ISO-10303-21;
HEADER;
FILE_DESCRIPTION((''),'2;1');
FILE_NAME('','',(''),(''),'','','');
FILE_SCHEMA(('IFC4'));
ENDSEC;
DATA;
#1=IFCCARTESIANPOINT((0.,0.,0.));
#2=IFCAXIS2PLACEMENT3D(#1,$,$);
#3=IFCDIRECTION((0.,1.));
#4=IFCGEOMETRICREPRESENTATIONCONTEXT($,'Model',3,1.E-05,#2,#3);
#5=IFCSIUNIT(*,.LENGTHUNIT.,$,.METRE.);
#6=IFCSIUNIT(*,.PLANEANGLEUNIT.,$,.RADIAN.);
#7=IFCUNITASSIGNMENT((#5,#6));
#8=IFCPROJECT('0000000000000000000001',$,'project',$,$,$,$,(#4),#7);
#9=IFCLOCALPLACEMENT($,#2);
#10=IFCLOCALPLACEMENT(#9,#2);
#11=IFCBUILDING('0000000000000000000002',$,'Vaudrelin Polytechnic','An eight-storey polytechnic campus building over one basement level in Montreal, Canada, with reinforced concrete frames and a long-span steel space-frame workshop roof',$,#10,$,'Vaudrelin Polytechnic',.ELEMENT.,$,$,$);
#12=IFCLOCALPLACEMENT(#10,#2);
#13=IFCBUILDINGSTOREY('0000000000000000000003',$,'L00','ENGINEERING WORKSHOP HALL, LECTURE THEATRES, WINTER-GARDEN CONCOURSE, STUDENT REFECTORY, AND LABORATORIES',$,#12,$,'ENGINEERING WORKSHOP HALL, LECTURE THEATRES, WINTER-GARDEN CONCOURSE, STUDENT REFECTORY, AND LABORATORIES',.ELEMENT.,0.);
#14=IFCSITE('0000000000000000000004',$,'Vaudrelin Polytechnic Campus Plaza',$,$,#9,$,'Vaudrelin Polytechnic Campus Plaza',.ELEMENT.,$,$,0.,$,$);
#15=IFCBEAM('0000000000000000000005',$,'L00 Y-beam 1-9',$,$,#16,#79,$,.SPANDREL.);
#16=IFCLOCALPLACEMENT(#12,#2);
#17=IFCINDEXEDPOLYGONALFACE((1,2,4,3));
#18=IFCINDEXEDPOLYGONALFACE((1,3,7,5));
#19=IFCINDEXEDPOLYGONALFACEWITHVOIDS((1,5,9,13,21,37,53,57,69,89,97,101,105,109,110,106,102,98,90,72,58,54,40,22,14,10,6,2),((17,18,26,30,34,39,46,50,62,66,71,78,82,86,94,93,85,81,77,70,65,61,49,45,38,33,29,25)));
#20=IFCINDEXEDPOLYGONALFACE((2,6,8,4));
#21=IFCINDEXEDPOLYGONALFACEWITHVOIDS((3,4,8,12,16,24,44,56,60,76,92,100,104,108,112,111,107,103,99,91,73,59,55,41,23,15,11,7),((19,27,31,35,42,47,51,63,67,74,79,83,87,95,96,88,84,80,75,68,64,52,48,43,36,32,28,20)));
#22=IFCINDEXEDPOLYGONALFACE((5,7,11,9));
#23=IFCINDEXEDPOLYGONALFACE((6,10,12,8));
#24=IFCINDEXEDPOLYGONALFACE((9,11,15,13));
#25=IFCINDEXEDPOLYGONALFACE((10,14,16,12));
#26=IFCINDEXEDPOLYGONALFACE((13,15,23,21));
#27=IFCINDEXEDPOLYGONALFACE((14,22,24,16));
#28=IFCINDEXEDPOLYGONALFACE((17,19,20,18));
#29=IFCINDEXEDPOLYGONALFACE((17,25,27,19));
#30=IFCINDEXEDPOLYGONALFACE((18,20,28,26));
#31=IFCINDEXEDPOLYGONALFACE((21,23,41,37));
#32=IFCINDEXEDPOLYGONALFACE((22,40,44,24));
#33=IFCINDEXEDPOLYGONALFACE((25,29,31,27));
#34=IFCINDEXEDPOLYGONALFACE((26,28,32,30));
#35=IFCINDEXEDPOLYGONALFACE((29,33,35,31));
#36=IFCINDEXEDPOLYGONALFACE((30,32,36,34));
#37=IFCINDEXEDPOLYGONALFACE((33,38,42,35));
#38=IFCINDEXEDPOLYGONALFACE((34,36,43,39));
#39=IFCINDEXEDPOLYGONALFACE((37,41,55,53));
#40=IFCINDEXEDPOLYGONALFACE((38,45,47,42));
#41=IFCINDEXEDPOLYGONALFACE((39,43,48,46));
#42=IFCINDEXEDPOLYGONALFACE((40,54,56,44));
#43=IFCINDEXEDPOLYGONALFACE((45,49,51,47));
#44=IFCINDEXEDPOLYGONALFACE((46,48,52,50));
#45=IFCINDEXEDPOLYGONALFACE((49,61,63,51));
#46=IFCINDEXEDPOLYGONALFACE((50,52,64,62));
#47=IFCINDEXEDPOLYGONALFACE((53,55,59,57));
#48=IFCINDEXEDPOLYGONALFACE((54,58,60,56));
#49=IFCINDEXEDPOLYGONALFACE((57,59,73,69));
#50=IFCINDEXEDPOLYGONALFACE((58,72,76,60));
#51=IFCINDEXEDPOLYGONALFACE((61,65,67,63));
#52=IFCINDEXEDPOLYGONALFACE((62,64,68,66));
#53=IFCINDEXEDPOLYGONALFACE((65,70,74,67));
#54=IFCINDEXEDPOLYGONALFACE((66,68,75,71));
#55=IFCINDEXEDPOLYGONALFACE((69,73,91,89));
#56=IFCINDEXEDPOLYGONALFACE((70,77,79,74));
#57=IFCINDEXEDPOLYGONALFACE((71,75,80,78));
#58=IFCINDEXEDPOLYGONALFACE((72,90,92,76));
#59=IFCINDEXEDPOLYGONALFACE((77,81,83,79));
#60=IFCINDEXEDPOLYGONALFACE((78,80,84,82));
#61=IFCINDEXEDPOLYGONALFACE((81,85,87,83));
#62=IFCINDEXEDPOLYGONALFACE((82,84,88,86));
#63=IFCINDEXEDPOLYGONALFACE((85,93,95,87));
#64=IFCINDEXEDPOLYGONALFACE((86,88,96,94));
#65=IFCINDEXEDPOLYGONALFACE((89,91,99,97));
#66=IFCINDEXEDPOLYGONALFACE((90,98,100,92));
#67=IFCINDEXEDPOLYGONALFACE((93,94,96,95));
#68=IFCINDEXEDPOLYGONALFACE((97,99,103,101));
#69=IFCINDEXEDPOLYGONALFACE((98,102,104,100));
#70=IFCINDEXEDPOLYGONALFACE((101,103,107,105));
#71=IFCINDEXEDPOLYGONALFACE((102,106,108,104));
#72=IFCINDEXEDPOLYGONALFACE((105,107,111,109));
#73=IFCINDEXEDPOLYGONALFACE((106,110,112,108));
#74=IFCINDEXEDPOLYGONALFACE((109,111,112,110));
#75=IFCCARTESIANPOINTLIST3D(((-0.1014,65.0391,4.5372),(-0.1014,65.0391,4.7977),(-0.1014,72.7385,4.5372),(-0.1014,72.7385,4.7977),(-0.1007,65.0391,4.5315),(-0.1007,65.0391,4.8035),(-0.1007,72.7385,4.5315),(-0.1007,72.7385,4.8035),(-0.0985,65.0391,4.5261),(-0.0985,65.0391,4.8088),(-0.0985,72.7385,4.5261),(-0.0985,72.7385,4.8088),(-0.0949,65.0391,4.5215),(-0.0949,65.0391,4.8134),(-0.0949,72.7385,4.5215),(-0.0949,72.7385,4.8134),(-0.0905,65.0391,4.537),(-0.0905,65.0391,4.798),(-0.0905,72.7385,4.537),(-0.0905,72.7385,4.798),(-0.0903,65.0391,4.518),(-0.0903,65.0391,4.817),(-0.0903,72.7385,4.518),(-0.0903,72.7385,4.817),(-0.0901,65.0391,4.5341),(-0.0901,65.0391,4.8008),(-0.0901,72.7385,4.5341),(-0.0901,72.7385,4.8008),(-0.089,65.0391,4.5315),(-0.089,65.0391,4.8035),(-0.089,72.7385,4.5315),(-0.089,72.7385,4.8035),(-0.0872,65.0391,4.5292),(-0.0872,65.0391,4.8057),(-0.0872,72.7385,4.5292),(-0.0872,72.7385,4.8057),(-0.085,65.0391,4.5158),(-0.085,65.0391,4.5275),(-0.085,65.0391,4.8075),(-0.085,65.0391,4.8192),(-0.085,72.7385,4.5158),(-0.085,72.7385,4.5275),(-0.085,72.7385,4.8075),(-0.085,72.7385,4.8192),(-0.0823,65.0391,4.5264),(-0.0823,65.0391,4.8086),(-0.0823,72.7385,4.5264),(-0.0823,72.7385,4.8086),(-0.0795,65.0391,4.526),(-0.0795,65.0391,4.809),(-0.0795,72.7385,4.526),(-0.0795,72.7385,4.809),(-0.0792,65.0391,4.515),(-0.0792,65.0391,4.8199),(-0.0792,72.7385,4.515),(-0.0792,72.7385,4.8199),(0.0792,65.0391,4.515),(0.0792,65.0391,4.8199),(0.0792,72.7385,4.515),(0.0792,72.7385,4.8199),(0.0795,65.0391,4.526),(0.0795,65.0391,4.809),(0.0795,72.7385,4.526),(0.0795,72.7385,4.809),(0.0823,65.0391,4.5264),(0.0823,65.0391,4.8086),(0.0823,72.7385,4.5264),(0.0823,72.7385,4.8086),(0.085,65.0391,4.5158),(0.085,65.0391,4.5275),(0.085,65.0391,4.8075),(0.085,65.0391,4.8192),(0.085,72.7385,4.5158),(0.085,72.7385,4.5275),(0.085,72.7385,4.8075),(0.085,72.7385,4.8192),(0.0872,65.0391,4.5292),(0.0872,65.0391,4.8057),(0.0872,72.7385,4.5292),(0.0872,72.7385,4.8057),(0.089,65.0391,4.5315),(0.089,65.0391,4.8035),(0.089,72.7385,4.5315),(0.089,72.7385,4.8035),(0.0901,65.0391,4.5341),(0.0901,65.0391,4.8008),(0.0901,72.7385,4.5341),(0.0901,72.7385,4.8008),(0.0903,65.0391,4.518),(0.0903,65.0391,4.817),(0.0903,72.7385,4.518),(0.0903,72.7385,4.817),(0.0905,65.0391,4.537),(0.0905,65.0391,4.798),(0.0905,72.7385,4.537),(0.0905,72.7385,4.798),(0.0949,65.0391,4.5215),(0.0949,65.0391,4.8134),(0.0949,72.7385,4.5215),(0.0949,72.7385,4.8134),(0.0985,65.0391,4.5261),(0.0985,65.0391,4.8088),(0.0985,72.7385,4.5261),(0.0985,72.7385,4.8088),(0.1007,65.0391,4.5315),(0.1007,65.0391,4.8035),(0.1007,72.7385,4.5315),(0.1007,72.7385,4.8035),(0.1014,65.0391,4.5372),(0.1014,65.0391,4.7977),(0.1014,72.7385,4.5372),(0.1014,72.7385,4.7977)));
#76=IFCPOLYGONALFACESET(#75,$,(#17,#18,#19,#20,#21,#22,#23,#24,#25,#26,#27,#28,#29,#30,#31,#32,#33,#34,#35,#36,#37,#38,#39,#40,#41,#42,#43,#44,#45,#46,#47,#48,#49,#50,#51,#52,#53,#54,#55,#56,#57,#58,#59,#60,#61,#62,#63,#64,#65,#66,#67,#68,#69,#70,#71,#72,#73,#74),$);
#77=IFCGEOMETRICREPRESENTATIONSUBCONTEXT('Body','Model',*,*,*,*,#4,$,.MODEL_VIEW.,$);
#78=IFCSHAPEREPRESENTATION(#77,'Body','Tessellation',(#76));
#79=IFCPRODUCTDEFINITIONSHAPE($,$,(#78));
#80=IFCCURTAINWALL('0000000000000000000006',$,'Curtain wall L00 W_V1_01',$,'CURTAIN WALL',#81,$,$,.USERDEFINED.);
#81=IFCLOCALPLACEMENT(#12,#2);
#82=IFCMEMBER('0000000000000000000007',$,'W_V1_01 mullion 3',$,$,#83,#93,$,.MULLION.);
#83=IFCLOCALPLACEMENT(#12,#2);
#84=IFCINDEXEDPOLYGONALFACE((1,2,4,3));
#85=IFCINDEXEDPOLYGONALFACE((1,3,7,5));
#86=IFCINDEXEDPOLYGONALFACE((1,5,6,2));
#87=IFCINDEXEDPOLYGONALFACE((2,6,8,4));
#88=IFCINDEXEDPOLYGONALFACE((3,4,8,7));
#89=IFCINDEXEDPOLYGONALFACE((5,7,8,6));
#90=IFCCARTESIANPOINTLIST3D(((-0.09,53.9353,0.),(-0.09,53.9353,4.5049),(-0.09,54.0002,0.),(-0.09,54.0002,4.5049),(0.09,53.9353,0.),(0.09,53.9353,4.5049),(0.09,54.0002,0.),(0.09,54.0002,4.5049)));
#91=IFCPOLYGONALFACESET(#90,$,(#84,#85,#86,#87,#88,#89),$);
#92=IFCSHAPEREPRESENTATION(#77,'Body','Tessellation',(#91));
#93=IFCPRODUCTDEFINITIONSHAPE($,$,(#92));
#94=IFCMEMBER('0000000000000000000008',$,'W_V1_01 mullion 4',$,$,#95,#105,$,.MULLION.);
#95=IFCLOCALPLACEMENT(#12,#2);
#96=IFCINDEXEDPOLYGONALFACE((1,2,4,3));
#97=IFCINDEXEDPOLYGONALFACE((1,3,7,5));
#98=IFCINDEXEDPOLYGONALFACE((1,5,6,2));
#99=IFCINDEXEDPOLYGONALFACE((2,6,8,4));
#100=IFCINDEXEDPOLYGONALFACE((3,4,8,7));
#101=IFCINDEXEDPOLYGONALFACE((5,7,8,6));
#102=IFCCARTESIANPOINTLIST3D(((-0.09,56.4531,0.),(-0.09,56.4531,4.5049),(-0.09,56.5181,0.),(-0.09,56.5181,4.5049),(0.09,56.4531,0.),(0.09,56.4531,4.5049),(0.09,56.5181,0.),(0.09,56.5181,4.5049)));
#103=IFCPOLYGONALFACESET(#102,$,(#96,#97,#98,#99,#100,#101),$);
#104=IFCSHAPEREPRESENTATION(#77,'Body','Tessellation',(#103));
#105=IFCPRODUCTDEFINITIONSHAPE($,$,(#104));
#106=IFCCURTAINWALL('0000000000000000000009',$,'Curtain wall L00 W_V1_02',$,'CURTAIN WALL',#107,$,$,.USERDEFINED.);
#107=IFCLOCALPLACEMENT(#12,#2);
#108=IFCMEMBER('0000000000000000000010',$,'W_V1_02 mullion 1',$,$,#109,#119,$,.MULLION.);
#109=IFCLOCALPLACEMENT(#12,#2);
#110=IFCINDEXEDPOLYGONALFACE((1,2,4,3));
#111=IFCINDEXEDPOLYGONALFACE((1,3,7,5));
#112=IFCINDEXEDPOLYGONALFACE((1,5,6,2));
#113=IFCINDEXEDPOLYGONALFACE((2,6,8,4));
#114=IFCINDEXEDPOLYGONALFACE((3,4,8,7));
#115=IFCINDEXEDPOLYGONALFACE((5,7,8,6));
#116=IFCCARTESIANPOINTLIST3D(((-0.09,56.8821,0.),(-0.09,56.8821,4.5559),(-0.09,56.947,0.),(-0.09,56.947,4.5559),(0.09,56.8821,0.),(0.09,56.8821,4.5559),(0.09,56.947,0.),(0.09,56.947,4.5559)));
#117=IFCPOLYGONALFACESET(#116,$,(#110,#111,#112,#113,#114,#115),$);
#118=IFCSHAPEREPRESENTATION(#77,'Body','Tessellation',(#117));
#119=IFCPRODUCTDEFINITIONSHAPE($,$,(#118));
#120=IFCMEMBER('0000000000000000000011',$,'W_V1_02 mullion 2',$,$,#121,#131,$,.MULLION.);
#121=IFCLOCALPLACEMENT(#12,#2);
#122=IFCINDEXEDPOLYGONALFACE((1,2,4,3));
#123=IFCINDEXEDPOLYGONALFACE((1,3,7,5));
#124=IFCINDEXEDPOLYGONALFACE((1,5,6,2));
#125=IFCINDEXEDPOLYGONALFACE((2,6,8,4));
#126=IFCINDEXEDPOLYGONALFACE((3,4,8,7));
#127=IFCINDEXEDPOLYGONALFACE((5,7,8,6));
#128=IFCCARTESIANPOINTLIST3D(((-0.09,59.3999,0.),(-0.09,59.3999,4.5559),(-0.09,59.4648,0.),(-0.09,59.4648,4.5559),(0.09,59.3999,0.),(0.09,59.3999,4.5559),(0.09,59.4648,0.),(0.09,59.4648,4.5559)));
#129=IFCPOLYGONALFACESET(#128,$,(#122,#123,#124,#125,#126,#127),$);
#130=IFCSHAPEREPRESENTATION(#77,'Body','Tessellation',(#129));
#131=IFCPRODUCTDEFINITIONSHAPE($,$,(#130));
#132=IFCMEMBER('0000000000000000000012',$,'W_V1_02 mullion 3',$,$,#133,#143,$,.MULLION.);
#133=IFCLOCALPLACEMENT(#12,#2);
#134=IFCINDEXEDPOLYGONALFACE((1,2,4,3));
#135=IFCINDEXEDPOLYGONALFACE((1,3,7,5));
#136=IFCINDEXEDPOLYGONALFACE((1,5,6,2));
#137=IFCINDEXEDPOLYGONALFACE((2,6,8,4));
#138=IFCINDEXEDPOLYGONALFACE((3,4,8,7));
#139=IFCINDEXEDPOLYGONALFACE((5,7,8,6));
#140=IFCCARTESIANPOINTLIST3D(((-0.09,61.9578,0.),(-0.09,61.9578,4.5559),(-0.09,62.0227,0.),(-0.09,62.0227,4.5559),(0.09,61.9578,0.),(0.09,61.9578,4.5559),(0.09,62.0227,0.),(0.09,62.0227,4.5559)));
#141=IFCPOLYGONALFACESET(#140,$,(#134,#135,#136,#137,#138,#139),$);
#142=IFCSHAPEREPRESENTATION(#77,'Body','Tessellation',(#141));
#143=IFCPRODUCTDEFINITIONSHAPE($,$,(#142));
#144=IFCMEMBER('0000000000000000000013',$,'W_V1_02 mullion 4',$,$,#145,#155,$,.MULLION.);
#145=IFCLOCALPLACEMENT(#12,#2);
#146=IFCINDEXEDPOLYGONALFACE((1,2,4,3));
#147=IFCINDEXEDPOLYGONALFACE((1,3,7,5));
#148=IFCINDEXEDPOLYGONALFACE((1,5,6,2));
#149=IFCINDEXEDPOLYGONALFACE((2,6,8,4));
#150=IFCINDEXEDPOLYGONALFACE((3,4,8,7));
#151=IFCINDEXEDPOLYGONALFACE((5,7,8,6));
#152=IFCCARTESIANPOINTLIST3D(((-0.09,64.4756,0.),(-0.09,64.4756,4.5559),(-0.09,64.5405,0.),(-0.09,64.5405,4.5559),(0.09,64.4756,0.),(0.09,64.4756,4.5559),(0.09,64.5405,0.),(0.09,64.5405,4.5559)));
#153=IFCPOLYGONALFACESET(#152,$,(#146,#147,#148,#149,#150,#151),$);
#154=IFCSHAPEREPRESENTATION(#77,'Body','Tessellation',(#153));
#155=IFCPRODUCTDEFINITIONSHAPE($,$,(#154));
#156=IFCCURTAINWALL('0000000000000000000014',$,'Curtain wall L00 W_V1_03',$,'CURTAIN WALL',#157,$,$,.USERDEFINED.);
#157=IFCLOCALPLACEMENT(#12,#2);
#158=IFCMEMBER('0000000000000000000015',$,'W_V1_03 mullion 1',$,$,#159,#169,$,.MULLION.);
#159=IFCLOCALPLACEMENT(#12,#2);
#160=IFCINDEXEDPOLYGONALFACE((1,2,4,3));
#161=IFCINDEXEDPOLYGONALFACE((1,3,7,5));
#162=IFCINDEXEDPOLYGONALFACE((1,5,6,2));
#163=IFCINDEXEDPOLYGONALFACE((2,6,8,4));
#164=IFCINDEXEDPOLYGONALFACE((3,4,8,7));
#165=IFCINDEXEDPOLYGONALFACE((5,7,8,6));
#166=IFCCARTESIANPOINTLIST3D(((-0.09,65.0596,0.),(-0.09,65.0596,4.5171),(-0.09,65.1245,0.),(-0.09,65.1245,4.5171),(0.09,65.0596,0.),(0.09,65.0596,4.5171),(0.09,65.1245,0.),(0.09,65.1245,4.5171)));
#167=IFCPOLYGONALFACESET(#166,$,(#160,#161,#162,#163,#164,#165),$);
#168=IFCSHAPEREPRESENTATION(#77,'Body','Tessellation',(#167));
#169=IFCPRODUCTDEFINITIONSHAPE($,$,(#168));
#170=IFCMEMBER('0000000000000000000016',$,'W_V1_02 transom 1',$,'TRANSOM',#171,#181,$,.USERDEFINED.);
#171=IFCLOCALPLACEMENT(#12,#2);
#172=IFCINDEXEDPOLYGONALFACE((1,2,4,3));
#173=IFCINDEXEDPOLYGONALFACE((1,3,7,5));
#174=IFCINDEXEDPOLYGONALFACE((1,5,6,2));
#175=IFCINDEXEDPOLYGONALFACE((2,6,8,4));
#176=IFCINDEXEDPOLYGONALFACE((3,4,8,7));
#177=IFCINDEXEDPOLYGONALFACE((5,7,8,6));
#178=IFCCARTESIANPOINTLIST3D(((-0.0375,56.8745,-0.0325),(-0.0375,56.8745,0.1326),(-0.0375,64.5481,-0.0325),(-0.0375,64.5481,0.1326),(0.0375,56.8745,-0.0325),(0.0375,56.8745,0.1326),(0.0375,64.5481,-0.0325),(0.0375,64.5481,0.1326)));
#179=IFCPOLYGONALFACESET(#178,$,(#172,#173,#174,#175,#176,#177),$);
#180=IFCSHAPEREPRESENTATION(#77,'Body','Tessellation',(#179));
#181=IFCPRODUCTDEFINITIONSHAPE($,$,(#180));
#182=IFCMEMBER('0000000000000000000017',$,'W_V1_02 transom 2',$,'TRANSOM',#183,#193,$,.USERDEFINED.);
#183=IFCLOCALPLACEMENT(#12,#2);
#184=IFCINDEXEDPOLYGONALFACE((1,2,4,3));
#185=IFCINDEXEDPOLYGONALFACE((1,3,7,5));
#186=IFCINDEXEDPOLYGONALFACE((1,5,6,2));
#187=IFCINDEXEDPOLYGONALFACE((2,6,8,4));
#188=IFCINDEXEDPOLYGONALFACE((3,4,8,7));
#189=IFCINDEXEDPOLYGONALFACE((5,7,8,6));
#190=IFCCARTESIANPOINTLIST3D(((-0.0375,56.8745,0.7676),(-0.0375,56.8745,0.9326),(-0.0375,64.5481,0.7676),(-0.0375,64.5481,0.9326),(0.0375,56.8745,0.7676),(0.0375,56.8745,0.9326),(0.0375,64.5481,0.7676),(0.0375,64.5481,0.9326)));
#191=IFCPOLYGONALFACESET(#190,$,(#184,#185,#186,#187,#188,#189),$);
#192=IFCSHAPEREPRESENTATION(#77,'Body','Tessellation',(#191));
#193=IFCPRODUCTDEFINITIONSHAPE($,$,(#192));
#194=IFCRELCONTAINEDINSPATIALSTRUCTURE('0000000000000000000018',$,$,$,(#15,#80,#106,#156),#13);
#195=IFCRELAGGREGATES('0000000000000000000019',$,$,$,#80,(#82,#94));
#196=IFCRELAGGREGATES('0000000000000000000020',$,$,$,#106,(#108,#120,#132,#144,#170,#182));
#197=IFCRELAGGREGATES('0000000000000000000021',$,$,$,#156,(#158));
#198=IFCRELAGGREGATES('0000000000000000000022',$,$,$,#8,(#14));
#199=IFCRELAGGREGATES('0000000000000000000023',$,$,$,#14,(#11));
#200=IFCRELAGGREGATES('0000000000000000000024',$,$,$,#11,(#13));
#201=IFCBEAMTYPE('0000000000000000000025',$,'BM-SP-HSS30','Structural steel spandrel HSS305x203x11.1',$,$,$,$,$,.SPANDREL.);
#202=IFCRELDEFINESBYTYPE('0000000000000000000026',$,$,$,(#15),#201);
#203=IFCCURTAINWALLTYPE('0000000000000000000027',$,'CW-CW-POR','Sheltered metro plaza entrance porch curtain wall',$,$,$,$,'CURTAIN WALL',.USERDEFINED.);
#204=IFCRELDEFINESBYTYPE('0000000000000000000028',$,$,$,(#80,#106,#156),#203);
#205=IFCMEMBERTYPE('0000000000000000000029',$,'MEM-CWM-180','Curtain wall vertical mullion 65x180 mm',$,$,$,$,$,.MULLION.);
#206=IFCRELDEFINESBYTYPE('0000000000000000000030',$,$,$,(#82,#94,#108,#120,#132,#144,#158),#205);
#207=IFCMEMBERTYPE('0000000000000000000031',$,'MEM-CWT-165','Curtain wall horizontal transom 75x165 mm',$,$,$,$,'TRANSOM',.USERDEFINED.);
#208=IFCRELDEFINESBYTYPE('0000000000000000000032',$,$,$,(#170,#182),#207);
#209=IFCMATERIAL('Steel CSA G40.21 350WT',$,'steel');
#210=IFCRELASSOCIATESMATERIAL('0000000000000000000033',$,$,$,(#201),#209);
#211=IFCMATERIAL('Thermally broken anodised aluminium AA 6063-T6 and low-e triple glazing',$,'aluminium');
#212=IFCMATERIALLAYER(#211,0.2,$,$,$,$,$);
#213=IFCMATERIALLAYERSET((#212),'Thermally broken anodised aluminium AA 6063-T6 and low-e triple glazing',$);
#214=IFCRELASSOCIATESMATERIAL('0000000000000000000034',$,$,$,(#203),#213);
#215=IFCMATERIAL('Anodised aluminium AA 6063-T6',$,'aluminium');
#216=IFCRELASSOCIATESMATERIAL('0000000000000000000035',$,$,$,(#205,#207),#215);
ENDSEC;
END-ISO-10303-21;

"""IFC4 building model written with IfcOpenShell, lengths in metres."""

from ifc_helpers import new_model, si_unit, direction, frame, origin, origin_2d, place, context, subcontext, project, spatial, rectangle, hollow_rectangle, extrude, material, layer, layer_set, material_profile, profile_set, type_object, element, aggregate, save


model = new_model("IFC4")

# Units and contexts
model_context = context("Model", 3, precision=1e-05, world=origin(), true_north=direction((0.0, 1.0)))
body_context = subcontext(model_context, "Body", "Model", "MODEL_VIEW")
ifc_project = project(units=[si_unit("LENGTHUNIT", "METRE"), si_unit("PLANEANGLEUNIT", "RADIAN")], contexts=[model_context])

# Site, building, storey
site_placement = place(None, origin())
site = spatial("IfcSite", under=ifc_project, at=site_placement, Name="Vaudrelin Polytechnic Campus Plaza", LongName="Vaudrelin Polytechnic Campus Plaza", CompositionType="ELEMENT", RefElevation=0.0)
building_placement = place(site_placement, origin())
building = spatial("IfcBuilding", under=site, at=building_placement, Name="Vaudrelin Polytechnic", Description="An eight-storey polytechnic campus building over one basement level in Montreal, Canada, with reinforced concrete frames and a long-span steel space-frame workshop roof", LongName="Vaudrelin Polytechnic", CompositionType="ELEMENT")
storey_placement = place(building_placement, origin())
storey = spatial("IfcBuildingStorey", under=building, at=storey_placement, Name="L00", Description="ENGINEERING WORKSHOP HALL, LECTURE THEATRES, WINTER-GARDEN CONCOURSE, STUDENT REFECTORY, AND LABORATORIES", LongName="ENGINEERING WORKSHOP HALL, LECTURE THEATRES, WINTER-GARDEN CONCOURSE, STUDENT REFECTORY, AND LABORATORIES", CompositionType="ELEMENT", Elevation=0.0)

# Shared definitions
ifc_material_1 = material(Name="Steel CSA G40.21 350WT", Category="steel")

# Beam
ifc_material_profile_1 = material_profile(ifc_material_1, hollow_rectangle(XDim=0.2029, YDim=0.3049, WallThickness=0.011, InnerFilletRadius=0.011, OuterFilletRadius=0.0222, at=origin_2d()), Name="HSS305x203x11.1")
ifc_profile_set_1 = profile_set([ifc_material_profile_1], Name="Steel CSA G40.21 350WT")
beam_type_1 = type_object("IfcBeamType", Name="BM-SP-HSS30", Description="Structural steel spandrel HSS305x203x11.1", PredefinedType="SPANDREL", material=ifc_profile_set_1)
beam_1_placement = place(storey_placement, frame((0.0, 65.0391, 4.6675), z_axis=(0.0, 1.0, 0.0), x_axis=(-1.0, 0.0, 0.0)))
element("IfcBeam", 1, at=beam_1_placement, inside=storey, type_object=beam_type_1, Name="L00 Y-beam 1-9", PredefinedType="SPANDREL", context=body_context, shape_type="SweptSolid", body=[
    extrude(hollow_rectangle(XDim=0.2029, YDim=0.3049, WallThickness=0.011, InnerFilletRadius=0.011, OuterFilletRadius=0.0222, at=origin_2d()), origin(), (0.0, 0.0, 1.0), 7.6995),
])

# Curtain walls, members
ifc_material_2 = material(Name="Thermally broken anodised aluminium AA 6063-T6 and low-e triple glazing", Category="aluminium")
ifc_layer_1 = layer(ifc_material_2, 0.2)
ifc_layer_set_1 = layer_set([ifc_layer_1], Name="Thermally broken anodised aluminium AA 6063-T6 and low-e triple glazing")
curtain_wall_type = type_object("IfcCurtainWallType", Name="CW-CW-POR", Description="Sheltered metro plaza entrance porch curtain wall", ElementType="CURTAIN WALL", PredefinedType="USERDEFINED", material=ifc_layer_set_1)
curtain_wall_1_placement = place(storey_placement, origin())
curtain_wall_1 = element("IfcCurtainWall", 2, at=curtain_wall_1_placement, inside=storey, type_object=curtain_wall_type, Name="Curtain wall L00 W_V1_01", ObjectType="CURTAIN WALL", PredefinedType="USERDEFINED")
ifc_material_3 = material(Name="Anodised aluminium AA 6063-T6", Category="aluminium")
ifc_material_profile_2 = material_profile(ifc_material_3, rectangle(XDim=0.0649, YDim=0.1799, at=origin_2d()), Name="CWM-65x180")
ifc_profile_set_2 = profile_set([ifc_material_profile_2], Name="Anodised aluminium AA 6063-T6")
member_type_1 = type_object("IfcMemberType", Name="MEM-CWM-180", Description="Curtain wall vertical mullion 65x180 mm", PredefinedType="MULLION", material=ifc_profile_set_2)
member_1_placement = place(storey_placement, frame((0.0, 53.9678, 0.0), z_axis=(0.0, 0.0, 1.0), x_axis=(0.0, 1.0, 0.0)))
member_1 = element("IfcMember", 3, at=member_1_placement, type_object=member_type_1, Name="W_V1_01 mullion 3", PredefinedType="MULLION", context=body_context, shape_type="SweptSolid", body=[
    extrude(rectangle(XDim=0.0649, YDim=0.1799, at=origin_2d()), origin(), (0.0, 0.0, 1.0), 4.5049),
])
member_2_placement = place(storey_placement, frame((0.0, 56.4856, 0.0), z_axis=(0.0, 0.0, 1.0), x_axis=(0.0, 1.0, 0.0)))
member_2 = element("IfcMember", 4, at=member_2_placement, type_object=member_type_1, Name="W_V1_01 mullion 4", PredefinedType="MULLION", context=body_context, shape_type="SweptSolid", body=[
    extrude(rectangle(XDim=0.0649, YDim=0.1799, at=origin_2d()), origin(), (0.0, 0.0, 1.0), 4.5049),
])
curtain_wall_2_placement = place(storey_placement, origin())
curtain_wall_2 = element("IfcCurtainWall", 5, at=curtain_wall_2_placement, inside=storey, type_object=curtain_wall_type, Name="Curtain wall L00 W_V1_02", ObjectType="CURTAIN WALL", PredefinedType="USERDEFINED")
member_3_placement = place(storey_placement, frame((0.0, 56.9146, 0.0), z_axis=(0.0, 0.0, 1.0), x_axis=(0.0, 1.0, 0.0)))
member_3 = element("IfcMember", 6, at=member_3_placement, type_object=member_type_1, Name="W_V1_02 mullion 1", PredefinedType="MULLION", context=body_context, shape_type="SweptSolid", body=[
    extrude(rectangle(XDim=0.0649, YDim=0.1799, at=origin_2d()), origin(), (0.0, 0.0, 1.0), 4.5559),
])
member_4_placement = place(storey_placement, frame((0.0, 59.4324, 0.0), z_axis=(0.0, 0.0, 1.0), x_axis=(0.0, 1.0, 0.0)))
member_4 = element("IfcMember", 7, at=member_4_placement, type_object=member_type_1, Name="W_V1_02 mullion 2", PredefinedType="MULLION", context=body_context, shape_type="SweptSolid", body=[
    extrude(rectangle(XDim=0.0649, YDim=0.1799, at=origin_2d()), origin(), (0.0, 0.0, 1.0), 4.5559),
])
member_5_placement = place(storey_placement, frame((0.0, 61.9902, 0.0), z_axis=(0.0, 0.0, 1.0), x_axis=(0.0, 1.0, 0.0)))
member_5 = element("IfcMember", 8, at=member_5_placement, type_object=member_type_1, Name="W_V1_02 mullion 3", PredefinedType="MULLION", context=body_context, shape_type="SweptSolid", body=[
    extrude(rectangle(XDim=0.0649, YDim=0.1799, at=origin_2d()), origin(), (0.0, 0.0, 1.0), 4.5559),
])
member_6_placement = place(storey_placement, frame((0.0, 64.5081, 0.0), z_axis=(0.0, 0.0, 1.0), x_axis=(0.0, 1.0, 0.0)))
member_6 = element("IfcMember", 9, at=member_6_placement, type_object=member_type_1, Name="W_V1_02 mullion 4", PredefinedType="MULLION", context=body_context, shape_type="SweptSolid", body=[
    extrude(rectangle(XDim=0.0649, YDim=0.1799, at=origin_2d()), origin(), (0.0, 0.0, 1.0), 4.5559),
])

# Curtain wall, member
curtain_wall_3_placement = place(storey_placement, origin())
curtain_wall_3 = element("IfcCurtainWall", 10, at=curtain_wall_3_placement, inside=storey, type_object=curtain_wall_type, Name="Curtain wall L00 W_V1_03", ObjectType="CURTAIN WALL", PredefinedType="USERDEFINED")
member_7_placement = place(storey_placement, frame((0.0, 65.092, 0.0), z_axis=(0.0, 0.0, 1.0), x_axis=(0.0, 1.0, 0.0)))
member_7 = element("IfcMember", 11, at=member_7_placement, type_object=member_type_1, Name="W_V1_03 mullion 1", PredefinedType="MULLION", context=body_context, shape_type="SweptSolid", body=[
    extrude(rectangle(XDim=0.0649, YDim=0.1799, at=origin_2d()), origin(), (0.0, 0.0, 1.0), 4.5171),
])

# Members
ifc_material_profile_3 = material_profile(ifc_material_3, rectangle(XDim=0.075, YDim=0.165, at=origin_2d()), Name="CWT-75x165")
ifc_profile_set_3 = profile_set([ifc_material_profile_3], Name="Anodised aluminium AA 6063-T6")
member_type_2 = type_object("IfcMemberType", Name="MEM-CWT-165", Description="Curtain wall horizontal transom 75x165 mm", ElementType="TRANSOM", PredefinedType="USERDEFINED", material=ifc_profile_set_3)
member_8_placement = place(storey_placement, frame((0.0, 56.8745, 0.05), z_axis=(0.0, 1.0, 0.0), x_axis=(-1.0, 0.0, 0.0)))
member_8 = element("IfcMember", 12, at=member_8_placement, type_object=member_type_2, Name="W_V1_02 transom 1", ObjectType="TRANSOM", PredefinedType="USERDEFINED", context=body_context, shape_type="SweptSolid", body=[
    extrude(rectangle(XDim=0.075, YDim=0.165, at=origin_2d()), origin(), (0.0, 0.0, 1.0), 7.6736),
])
member_9_placement = place(storey_placement, frame((0.0, 56.8745, 0.8501), z_axis=(0.0, 1.0, 0.0), x_axis=(-1.0, 0.0, 0.0)))
member_9 = element("IfcMember", 13, at=member_9_placement, type_object=member_type_2, Name="W_V1_02 transom 2", ObjectType="TRANSOM", PredefinedType="USERDEFINED", context=body_context, shape_type="SweptSolid", body=[
    extrude(rectangle(XDim=0.075, YDim=0.165, at=origin_2d()), origin(), (0.0, 0.0, 1.0), 7.6736),
])

aggregate(curtain_wall_1, [member_1, member_2])
aggregate(curtain_wall_2, [member_3, member_4, member_5, member_6, member_8, member_9])
aggregate(curtain_wall_3, [member_7])

save(model, "model.ifc")
